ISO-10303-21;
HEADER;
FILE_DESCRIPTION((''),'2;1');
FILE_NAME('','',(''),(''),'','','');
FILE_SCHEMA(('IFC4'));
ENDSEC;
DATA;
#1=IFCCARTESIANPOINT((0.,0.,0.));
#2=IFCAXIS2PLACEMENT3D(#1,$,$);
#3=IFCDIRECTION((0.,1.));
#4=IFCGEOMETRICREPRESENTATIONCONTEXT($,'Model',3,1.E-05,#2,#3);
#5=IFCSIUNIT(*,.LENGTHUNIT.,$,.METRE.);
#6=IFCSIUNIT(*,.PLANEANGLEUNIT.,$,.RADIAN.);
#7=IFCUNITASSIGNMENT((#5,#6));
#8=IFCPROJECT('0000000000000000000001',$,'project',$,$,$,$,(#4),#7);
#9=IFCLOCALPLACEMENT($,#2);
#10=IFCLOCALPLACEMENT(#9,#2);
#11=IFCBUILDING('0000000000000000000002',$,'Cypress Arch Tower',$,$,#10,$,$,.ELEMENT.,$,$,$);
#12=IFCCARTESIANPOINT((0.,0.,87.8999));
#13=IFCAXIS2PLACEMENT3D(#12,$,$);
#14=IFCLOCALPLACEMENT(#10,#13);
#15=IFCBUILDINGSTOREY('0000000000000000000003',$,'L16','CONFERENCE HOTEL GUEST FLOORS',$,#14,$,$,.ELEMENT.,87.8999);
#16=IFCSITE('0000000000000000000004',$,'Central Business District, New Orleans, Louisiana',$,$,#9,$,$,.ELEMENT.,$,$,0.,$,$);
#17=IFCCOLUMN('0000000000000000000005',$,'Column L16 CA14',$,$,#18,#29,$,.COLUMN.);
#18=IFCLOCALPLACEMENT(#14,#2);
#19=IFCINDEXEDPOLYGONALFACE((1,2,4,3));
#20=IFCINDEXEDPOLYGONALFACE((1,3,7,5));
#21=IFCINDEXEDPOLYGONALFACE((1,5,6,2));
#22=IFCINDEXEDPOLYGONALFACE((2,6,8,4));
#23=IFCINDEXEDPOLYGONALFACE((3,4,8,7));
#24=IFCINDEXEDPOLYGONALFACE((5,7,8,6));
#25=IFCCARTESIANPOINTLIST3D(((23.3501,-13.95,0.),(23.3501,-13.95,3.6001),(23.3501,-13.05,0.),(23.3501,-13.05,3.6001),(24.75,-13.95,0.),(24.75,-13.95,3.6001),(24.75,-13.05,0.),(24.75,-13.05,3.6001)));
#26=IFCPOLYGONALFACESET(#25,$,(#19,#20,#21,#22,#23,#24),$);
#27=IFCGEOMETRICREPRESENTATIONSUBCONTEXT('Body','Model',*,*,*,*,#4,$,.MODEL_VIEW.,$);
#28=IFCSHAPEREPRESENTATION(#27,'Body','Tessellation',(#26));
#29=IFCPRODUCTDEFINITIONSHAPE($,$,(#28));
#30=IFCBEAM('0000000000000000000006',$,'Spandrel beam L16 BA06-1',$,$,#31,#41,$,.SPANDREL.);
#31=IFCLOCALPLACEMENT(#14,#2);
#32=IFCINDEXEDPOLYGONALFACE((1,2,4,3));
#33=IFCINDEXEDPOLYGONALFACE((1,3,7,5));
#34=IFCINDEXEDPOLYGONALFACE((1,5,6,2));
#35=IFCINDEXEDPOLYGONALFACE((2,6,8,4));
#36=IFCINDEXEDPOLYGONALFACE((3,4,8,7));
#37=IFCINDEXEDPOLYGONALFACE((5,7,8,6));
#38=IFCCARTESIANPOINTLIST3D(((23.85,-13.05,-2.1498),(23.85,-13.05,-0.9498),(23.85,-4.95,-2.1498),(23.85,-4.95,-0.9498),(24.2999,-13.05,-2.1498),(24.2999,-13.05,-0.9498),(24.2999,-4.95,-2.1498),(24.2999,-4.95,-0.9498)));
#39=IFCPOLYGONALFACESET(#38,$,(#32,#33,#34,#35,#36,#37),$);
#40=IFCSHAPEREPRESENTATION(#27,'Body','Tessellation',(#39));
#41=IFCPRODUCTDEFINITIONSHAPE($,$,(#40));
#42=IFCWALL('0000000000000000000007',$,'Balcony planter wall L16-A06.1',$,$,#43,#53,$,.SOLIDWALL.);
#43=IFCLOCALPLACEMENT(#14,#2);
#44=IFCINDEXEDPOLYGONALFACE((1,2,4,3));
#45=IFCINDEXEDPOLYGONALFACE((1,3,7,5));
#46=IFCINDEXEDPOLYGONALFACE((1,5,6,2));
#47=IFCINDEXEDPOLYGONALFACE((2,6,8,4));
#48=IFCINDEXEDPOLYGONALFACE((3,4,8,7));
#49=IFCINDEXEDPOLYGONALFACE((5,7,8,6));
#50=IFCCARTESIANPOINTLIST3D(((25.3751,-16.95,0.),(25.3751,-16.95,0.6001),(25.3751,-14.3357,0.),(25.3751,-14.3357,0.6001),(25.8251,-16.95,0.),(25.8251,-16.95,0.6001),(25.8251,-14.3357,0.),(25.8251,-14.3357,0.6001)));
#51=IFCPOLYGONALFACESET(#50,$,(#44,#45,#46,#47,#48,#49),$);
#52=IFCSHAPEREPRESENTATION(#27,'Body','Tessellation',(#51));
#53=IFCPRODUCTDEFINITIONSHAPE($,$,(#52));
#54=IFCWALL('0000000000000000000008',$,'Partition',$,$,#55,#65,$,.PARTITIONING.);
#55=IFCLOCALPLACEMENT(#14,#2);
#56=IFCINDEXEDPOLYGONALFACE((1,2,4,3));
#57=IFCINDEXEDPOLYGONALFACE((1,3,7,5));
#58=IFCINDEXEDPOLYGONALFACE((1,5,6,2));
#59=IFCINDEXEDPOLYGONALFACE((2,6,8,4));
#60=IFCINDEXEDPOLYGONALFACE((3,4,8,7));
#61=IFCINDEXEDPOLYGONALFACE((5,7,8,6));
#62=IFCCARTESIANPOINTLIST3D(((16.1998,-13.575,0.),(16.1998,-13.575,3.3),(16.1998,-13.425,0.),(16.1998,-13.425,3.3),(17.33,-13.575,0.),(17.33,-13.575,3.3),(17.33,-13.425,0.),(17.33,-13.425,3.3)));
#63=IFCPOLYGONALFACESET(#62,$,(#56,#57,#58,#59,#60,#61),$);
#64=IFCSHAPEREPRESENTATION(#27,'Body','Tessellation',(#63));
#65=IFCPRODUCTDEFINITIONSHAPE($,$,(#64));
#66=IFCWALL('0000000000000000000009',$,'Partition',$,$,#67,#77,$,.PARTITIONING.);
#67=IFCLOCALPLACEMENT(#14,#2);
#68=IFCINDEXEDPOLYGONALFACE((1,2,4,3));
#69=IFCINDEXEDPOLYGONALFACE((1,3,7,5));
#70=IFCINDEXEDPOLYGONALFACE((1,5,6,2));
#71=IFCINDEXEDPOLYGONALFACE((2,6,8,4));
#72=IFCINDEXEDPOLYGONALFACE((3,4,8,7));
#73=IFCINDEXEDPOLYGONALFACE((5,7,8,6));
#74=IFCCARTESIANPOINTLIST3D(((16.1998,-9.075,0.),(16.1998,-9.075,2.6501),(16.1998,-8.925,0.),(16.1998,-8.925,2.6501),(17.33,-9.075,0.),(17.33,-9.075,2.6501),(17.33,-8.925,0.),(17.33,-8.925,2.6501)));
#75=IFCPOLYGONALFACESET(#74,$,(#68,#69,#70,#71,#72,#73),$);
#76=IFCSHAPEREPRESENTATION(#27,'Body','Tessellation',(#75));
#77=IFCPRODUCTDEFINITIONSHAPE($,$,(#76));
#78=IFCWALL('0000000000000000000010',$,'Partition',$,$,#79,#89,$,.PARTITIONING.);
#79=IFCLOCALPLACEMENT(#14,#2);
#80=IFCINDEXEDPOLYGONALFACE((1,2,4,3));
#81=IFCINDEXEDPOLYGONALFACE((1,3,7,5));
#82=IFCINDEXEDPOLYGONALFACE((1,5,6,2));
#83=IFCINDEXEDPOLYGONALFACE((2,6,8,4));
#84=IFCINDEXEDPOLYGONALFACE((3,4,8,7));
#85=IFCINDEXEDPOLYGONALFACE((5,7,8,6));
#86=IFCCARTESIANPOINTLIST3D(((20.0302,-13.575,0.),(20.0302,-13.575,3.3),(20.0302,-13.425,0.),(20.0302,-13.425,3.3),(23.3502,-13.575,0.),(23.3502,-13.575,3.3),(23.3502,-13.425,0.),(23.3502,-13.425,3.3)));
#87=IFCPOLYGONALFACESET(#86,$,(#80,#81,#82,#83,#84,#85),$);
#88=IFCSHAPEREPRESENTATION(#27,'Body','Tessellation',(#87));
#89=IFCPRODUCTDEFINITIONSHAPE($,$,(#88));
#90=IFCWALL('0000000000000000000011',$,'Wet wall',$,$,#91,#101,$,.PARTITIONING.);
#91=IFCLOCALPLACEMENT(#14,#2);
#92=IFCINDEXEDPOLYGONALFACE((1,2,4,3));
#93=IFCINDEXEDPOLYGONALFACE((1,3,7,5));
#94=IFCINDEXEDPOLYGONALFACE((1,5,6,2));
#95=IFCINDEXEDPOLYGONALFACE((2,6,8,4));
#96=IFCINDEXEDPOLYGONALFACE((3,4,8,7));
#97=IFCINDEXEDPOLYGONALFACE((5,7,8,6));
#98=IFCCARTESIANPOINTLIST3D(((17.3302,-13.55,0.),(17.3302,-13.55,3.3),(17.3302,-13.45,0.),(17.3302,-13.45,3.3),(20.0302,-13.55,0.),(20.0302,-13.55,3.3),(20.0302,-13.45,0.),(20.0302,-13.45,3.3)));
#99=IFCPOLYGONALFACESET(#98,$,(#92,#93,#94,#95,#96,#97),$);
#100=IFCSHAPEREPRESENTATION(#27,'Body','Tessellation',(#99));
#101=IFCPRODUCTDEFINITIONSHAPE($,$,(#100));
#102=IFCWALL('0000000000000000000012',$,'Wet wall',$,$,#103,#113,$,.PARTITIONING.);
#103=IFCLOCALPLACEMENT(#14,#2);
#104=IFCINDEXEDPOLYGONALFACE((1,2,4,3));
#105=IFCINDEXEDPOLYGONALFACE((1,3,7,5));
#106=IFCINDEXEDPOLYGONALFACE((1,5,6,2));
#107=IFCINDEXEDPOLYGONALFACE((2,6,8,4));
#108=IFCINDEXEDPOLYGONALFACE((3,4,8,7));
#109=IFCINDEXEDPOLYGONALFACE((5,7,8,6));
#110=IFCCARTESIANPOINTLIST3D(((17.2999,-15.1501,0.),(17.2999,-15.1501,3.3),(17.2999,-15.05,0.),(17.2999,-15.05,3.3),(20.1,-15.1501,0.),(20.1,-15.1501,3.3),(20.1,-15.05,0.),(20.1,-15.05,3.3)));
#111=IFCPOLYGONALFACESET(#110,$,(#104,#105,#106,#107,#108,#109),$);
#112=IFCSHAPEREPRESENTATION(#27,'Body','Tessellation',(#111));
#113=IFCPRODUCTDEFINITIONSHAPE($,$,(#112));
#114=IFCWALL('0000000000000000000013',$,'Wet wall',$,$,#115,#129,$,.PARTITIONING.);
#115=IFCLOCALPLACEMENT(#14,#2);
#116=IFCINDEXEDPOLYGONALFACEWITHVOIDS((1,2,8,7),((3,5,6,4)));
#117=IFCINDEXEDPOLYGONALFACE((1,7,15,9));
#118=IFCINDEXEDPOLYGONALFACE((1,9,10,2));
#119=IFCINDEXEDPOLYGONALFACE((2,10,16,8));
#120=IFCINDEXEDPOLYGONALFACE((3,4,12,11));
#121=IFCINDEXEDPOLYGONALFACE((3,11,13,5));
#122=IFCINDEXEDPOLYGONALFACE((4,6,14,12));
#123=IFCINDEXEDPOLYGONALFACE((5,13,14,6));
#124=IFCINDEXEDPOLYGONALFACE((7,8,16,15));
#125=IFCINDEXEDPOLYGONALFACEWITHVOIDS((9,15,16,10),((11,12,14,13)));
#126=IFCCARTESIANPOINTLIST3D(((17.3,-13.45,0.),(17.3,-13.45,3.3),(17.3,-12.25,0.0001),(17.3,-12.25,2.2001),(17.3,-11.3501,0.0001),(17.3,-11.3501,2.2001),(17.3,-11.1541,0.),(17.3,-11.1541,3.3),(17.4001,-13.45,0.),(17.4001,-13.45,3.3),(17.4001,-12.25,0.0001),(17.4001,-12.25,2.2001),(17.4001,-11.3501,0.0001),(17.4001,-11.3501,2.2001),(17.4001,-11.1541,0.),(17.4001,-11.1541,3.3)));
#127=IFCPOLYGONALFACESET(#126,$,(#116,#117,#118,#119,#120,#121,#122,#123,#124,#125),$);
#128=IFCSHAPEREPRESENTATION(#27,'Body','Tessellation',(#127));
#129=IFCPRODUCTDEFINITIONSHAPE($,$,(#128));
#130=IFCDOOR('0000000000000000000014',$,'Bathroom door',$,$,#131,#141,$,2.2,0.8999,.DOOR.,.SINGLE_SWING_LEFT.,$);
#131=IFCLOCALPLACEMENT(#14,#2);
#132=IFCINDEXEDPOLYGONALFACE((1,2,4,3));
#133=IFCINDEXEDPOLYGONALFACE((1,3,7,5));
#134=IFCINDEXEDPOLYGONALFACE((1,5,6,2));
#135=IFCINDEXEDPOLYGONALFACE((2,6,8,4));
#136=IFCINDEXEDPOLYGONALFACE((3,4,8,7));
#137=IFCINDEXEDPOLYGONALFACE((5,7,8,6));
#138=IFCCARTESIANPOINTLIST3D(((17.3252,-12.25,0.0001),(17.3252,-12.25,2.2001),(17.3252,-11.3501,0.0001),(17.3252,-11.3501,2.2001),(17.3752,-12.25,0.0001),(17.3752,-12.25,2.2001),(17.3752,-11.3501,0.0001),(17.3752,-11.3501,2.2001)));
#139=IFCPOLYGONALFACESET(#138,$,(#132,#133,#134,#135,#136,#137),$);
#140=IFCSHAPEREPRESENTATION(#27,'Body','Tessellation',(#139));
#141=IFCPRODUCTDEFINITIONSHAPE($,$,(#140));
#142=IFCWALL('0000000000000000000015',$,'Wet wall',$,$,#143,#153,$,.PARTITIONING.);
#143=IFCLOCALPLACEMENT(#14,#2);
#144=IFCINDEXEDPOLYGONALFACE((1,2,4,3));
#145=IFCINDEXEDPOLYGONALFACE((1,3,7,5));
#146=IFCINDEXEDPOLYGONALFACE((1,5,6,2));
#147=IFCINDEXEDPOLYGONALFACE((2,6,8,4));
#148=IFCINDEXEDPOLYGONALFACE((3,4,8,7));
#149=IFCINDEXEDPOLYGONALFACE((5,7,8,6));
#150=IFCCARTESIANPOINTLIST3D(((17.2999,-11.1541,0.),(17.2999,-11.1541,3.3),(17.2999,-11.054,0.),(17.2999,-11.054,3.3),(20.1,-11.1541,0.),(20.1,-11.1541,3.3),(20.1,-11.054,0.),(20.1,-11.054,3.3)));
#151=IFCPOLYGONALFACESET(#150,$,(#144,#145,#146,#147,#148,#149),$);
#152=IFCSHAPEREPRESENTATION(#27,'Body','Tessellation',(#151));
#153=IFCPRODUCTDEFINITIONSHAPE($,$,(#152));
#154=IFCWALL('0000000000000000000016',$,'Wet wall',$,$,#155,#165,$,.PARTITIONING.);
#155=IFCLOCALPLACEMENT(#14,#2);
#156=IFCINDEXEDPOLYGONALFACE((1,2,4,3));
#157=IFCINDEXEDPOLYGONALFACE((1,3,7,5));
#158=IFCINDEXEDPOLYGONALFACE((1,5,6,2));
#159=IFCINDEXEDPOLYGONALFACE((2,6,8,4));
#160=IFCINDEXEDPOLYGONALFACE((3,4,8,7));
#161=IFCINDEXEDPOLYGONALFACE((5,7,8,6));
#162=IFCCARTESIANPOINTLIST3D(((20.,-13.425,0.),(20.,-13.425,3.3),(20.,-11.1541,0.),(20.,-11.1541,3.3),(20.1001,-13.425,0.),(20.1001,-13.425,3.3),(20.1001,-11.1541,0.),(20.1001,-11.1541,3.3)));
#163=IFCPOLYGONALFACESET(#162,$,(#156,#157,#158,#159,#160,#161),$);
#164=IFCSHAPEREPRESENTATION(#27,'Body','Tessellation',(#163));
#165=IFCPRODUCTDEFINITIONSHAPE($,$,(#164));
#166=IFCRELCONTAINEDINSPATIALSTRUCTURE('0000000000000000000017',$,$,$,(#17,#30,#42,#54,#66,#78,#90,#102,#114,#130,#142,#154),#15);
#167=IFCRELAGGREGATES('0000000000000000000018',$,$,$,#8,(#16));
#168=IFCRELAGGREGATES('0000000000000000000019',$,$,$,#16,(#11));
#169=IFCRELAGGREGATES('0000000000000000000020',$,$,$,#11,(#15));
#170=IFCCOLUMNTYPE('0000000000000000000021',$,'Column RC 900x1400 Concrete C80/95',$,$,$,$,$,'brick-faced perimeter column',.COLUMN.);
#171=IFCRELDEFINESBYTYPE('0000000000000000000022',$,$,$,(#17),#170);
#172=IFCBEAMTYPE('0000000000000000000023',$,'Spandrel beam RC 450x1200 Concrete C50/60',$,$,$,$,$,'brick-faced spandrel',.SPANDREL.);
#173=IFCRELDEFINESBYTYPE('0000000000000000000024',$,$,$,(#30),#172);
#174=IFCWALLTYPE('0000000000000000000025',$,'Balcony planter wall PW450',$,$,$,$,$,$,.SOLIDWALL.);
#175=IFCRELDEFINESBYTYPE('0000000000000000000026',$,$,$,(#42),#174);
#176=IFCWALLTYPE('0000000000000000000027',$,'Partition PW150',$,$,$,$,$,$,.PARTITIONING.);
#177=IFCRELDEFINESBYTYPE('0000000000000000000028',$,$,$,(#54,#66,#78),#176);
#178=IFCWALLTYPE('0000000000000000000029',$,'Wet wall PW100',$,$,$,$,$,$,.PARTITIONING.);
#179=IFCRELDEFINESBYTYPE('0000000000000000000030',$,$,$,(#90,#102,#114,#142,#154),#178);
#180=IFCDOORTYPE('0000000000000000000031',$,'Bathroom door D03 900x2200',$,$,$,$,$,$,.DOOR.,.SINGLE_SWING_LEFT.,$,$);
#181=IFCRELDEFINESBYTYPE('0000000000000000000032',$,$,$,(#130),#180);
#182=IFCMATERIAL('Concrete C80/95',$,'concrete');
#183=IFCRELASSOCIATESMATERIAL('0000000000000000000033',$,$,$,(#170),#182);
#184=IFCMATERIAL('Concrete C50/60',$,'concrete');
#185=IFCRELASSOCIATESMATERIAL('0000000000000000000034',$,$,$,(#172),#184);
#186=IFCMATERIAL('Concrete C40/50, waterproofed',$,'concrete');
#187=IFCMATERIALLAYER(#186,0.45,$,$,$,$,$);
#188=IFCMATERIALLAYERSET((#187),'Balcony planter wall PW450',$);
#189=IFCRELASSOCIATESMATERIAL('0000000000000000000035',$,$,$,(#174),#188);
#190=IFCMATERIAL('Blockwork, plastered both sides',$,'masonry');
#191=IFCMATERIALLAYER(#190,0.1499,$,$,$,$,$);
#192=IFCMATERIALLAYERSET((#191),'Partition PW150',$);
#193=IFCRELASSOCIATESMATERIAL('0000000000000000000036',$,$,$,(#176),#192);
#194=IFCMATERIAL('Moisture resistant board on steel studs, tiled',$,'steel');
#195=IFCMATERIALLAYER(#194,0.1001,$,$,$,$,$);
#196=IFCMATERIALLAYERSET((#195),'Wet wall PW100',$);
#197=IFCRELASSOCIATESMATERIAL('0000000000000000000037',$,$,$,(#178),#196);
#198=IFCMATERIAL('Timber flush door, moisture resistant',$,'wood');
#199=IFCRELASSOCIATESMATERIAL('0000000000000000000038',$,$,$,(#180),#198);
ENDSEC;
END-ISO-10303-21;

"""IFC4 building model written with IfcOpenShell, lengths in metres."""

from ifc_helpers import new_model, si_unit, direction, frame, frame_2d, origin, origin_2d, place, context, subcontext, project, spatial, rectangle, extrude, material, layer, layer_set, material_profile, profile_set, type_object, element, fill, save


model = new_model("IFC4")

# Units and contexts
model_context = context("Model", 3, precision=1e-05, world=origin(), true_north=direction((0.0, 1.0)))
body_context = subcontext(model_context, "Body", "Model", "MODEL_VIEW")
ifc_project = project(units=[si_unit("LENGTHUNIT", "METRE"), si_unit("PLANEANGLEUNIT", "RADIAN")], contexts=[model_context])

# Site, building, storey
site_placement = place(None, origin())
site = spatial("IfcSite", under=ifc_project, at=site_placement, Name="Central Business District, New Orleans, Louisiana", CompositionType="ELEMENT", RefElevation=0.0)
building_placement = place(site_placement, origin())
building = spatial("IfcBuilding", under=site, at=building_placement, Name="Cypress Arch Tower", CompositionType="ELEMENT")
storey_placement = place(building_placement, frame((0.0, 0.0, 87.8999)))
storey = spatial("IfcBuildingStorey", under=building, at=storey_placement, Name="L16", Description="CONFERENCE HOTEL GUEST FLOORS", CompositionType="ELEMENT", Elevation=87.8999)

# Column
ifc_material_1 = material(Name="Concrete C80/95", Category="concrete")
ifc_material_profile_1 = material_profile(ifc_material_1, rectangle(XDim=0.8999, YDim=1.3999, at=origin_2d()), Name="RC 900x1400")
ifc_profile_set_1 = profile_set([ifc_material_profile_1], Name="Concrete C80/95")
column_type = type_object("IfcColumnType", Name="Column RC 900x1400 Concrete C80/95", ElementType="brick-faced perimeter column", PredefinedType="COLUMN", material=ifc_profile_set_1)
column_placement = place(storey_placement, frame((24.05, -13.5, 0.0), z_axis=(0.0, 0.0, 1.0), x_axis=(0.0, 1.0, 0.0)))
element("IfcColumn", 1, at=column_placement, inside=storey, type_object=column_type, Name="Column L16 CA14", PredefinedType="COLUMN", context=body_context, shape_type="SweptSolid", body=[
    extrude(rectangle(XDim=0.8999, YDim=1.3999, at=origin_2d()), origin(), (0.0, 0.0, 1.0), 3.6001),
])

# Beam
ifc_material_2 = material(Name="Concrete C50/60", Category="concrete")
ifc_material_profile_2 = material_profile(ifc_material_2, rectangle(XDim=0.45, YDim=1.2, at=origin_2d()), Name="RC 450x1200")
ifc_profile_set_2 = profile_set([ifc_material_profile_2], Name="Concrete C50/60")
beam_type = type_object("IfcBeamType", Name="Spandrel beam RC 450x1200 Concrete C50/60", ElementType="brick-faced spandrel", PredefinedType="SPANDREL", material=ifc_profile_set_2)
beam_placement = place(storey_placement, frame((24.075, -13.05, -1.5498), z_axis=(0.0, 1.0, 0.0), x_axis=(-1.0, 0.0, 0.0)))
element("IfcBeam", 2, at=beam_placement, inside=storey, type_object=beam_type, Name="Spandrel beam L16 BA06-1", PredefinedType="SPANDREL", context=body_context, shape_type="SweptSolid", body=[
    extrude(rectangle(XDim=0.45, YDim=1.2, at=origin_2d()), origin(), (0.0, 0.0, 1.0), 8.1001),
])

# Wall
ifc_material_3 = material(Name="Concrete C40/50, waterproofed", Category="concrete")
ifc_layer_1 = layer(ifc_material_3, 0.45)
ifc_layer_set_1 = layer_set([ifc_layer_1], Name="Balcony planter wall PW450")
wall_type_1 = type_object("IfcWallType", Name="Balcony planter wall PW450", PredefinedType="SOLIDWALL", material=ifc_layer_set_1)
wall_1_placement = place(storey_placement, frame((25.6001, -16.95, 0.0), z_axis=(0.0, 0.0, 1.0), x_axis=(0.0, 1.0, 0.0)))
element("IfcWall", 3, at=wall_1_placement, inside=storey, type_object=wall_type_1, Name="Balcony planter wall L16-A06.1", PredefinedType="SOLIDWALL", context=body_context, shape_type="SweptSolid", body=[
    extrude(rectangle(XDim=2.6143, YDim=0.45, at=frame_2d((1.3071, 0.0))), origin(), (0.0, 0.0, 1.0), 0.6001),
])

# Walls
ifc_material_4 = material(Name="Blockwork, plastered both sides", Category="masonry")
ifc_layer_2 = layer(ifc_material_4, 0.1499)
ifc_layer_set_2 = layer_set([ifc_layer_2], Name="Partition PW150")
wall_type_2 = type_object("IfcWallType", Name="Partition PW150", PredefinedType="PARTITIONING", material=ifc_layer_set_2)
wall_2_placement = place(storey_placement, frame((16.2, -13.5, 0.0), z_axis=(0.0, 0.0, 1.0), x_axis=(1.0, 0.0, 0.0)))
element("IfcWall", 4, at=wall_2_placement, inside=storey, type_object=wall_type_2, Name="Partition", PredefinedType="PARTITIONING", context=body_context, shape_type="SweptSolid", body=[
    extrude(rectangle(XDim=1.1301, YDim=0.1499, at=frame_2d((0.5649, 0.0))), origin(), (0.0, 0.0, 1.0), 3.3),
])
wall_3_placement = place(storey_placement, frame((16.2, -9.0, 0.0), z_axis=(0.0, 0.0, 1.0), x_axis=(1.0, 0.0, 0.0)))
element("IfcWall", 5, at=wall_3_placement, inside=storey, type_object=wall_type_2, Name="Partition", PredefinedType="PARTITIONING", context=body_context, shape_type="SweptSolid", body=[
    extrude(rectangle(XDim=1.1301, YDim=0.1499, at=frame_2d((0.5649, 0.0))), origin(), (0.0, 0.0, 1.0), 2.6501),
])
wall_4_placement = place(storey_placement, frame((20.03, -13.5, 0.0), z_axis=(0.0, 0.0, 1.0), x_axis=(1.0, 0.0, 0.0)))
element("IfcWall", 6, at=wall_4_placement, inside=storey, type_object=wall_type_2, Name="Partition", PredefinedType="PARTITIONING", context=body_context, shape_type="SweptSolid", body=[
    extrude(rectangle(XDim=3.3201, YDim=0.1499, at=frame_2d((1.6602, 0.0))), origin(), (0.0, 0.0, 1.0), 3.3),
])
ifc_material_5 = material(Name="Moisture resistant board on steel studs, tiled", Category="steel")
ifc_layer_3 = layer(ifc_material_5, 0.1001)
ifc_layer_set_3 = layer_set([ifc_layer_3], Name="Wet wall PW100")
wall_type_3 = type_object("IfcWallType", Name="Wet wall PW100", PredefinedType="PARTITIONING", material=ifc_layer_set_3)
wall_5_placement = place(storey_placement, frame((17.3301, -13.5, 0.0), z_axis=(0.0, 0.0, 1.0), x_axis=(1.0, 0.0, 0.0)))
element("IfcWall", 7, at=wall_5_placement, inside=storey, type_object=wall_type_3, Name="Wet wall", PredefinedType="PARTITIONING", context=body_context, shape_type="SweptSolid", body=[
    extrude(rectangle(XDim=2.7, YDim=0.1001, at=frame_2d((1.3501, 0.0))), origin(), (0.0, 0.0, 1.0), 3.3),
])
wall_6_placement = place(storey_placement, frame((17.3, -15.1001, 0.0), z_axis=(0.0, 0.0, 1.0), x_axis=(1.0, 0.0, 0.0)))
element("IfcWall", 8, at=wall_6_placement, inside=storey, type_object=wall_type_3, Name="Wet wall", PredefinedType="PARTITIONING", context=body_context, shape_type="SweptSolid", body=[
    extrude(rectangle(XDim=2.8, YDim=0.1001, at=frame_2d((1.3999, 0.0))), origin(), (0.0, 0.0, 1.0), 3.3),
])

# Wall, opening, door
wall_7_placement = place(storey_placement, frame((17.3501, -13.45, 0.0), z_axis=(0.0, 0.0, 1.0), x_axis=(0.0, 1.0, 0.0)))
wall_7 = element("IfcWall", 9, at=wall_7_placement, inside=storey, type_object=wall_type_3, Name="Wet wall", PredefinedType="PARTITIONING", context=body_context, shape_type="SweptSolid", body=[
    extrude(rectangle(XDim=2.2959, YDim=0.1001, at=frame_2d((1.1479, 0.0))), origin(), (0.0, 0.0, 1.0), 3.3),
])
opening_1_placement = place(wall_7_placement, frame((1.2, 0.0, 0.0)))
opening_1 = element("IfcOpeningElement", 10, at=opening_1_placement, cuts=wall_7, PredefinedType="OPENING", context=body_context, shape_type="SweptSolid", body=[
    extrude(rectangle(XDim=0.8999, YDim=2.2, at=frame_2d((0.45, 1.1001))), frame((0.0, 0.0601, 0.0), z_axis=(0.0, -1.0, 0.0), x_axis=(1.0, 0.0, 0.0)), (0.0, 0.0, 1.0), 0.1201),
])
ifc_material_6 = material(Name="Timber flush door, moisture resistant", Category="wood")
door_type_1 = type_object("IfcDoorType", Name="Bathroom door D03 900x2200", OperationType="SINGLE_SWING_LEFT", PredefinedType="DOOR", material=ifc_material_6)
door_1_placement = place(opening_1_placement, origin())
door_1 = element("IfcDoor", 11, at=door_1_placement, inside=storey, type_object=door_type_1, Name="Bathroom door", OperationType="SINGLE_SWING_LEFT", OverallHeight=2.2, OverallWidth=0.8999, PredefinedType="DOOR", context=body_context, shape_type="SweptSolid", body=[
    extrude(rectangle(XDim=0.8999, YDim=2.2, at=frame_2d((0.45, 1.1001))), frame((0.0, 0.0249, 0.0), z_axis=(0.0, -1.0, 0.0), x_axis=(1.0, 0.0, 0.0)), (0.0, 0.0, 1.0), 0.05),
])
fill(opening_1, door_1)

# Walls
wall_8_placement = place(storey_placement, frame((17.3, -11.104, 0.0), z_axis=(0.0, 0.0, 1.0), x_axis=(1.0, 0.0, 0.0)))
element("IfcWall", 12, at=wall_8_placement, inside=storey, type_object=wall_type_3, Name="Wet wall", PredefinedType="PARTITIONING", context=body_context, shape_type="SweptSolid", body=[
    extrude(rectangle(XDim=2.8, YDim=0.1001, at=frame_2d((1.3999, 0.0))), origin(), (0.0, 0.0, 1.0), 3.3),
])
wall_9_placement = place(storey_placement, frame((20.05, -13.425, 0.0), z_axis=(0.0, 0.0, 1.0), x_axis=(0.0, 1.0, 0.0)))
element("IfcWall", 13, at=wall_9_placement, inside=storey, type_object=wall_type_3, Name="Wet wall", PredefinedType="PARTITIONING", context=body_context, shape_type="SweptSolid", body=[
    extrude(rectangle(XDim=2.271, YDim=0.1001, at=frame_2d((1.1355, 0.0))), origin(), (0.0, 0.0, 1.0), 3.3),
])

save(model, "model.ifc")
